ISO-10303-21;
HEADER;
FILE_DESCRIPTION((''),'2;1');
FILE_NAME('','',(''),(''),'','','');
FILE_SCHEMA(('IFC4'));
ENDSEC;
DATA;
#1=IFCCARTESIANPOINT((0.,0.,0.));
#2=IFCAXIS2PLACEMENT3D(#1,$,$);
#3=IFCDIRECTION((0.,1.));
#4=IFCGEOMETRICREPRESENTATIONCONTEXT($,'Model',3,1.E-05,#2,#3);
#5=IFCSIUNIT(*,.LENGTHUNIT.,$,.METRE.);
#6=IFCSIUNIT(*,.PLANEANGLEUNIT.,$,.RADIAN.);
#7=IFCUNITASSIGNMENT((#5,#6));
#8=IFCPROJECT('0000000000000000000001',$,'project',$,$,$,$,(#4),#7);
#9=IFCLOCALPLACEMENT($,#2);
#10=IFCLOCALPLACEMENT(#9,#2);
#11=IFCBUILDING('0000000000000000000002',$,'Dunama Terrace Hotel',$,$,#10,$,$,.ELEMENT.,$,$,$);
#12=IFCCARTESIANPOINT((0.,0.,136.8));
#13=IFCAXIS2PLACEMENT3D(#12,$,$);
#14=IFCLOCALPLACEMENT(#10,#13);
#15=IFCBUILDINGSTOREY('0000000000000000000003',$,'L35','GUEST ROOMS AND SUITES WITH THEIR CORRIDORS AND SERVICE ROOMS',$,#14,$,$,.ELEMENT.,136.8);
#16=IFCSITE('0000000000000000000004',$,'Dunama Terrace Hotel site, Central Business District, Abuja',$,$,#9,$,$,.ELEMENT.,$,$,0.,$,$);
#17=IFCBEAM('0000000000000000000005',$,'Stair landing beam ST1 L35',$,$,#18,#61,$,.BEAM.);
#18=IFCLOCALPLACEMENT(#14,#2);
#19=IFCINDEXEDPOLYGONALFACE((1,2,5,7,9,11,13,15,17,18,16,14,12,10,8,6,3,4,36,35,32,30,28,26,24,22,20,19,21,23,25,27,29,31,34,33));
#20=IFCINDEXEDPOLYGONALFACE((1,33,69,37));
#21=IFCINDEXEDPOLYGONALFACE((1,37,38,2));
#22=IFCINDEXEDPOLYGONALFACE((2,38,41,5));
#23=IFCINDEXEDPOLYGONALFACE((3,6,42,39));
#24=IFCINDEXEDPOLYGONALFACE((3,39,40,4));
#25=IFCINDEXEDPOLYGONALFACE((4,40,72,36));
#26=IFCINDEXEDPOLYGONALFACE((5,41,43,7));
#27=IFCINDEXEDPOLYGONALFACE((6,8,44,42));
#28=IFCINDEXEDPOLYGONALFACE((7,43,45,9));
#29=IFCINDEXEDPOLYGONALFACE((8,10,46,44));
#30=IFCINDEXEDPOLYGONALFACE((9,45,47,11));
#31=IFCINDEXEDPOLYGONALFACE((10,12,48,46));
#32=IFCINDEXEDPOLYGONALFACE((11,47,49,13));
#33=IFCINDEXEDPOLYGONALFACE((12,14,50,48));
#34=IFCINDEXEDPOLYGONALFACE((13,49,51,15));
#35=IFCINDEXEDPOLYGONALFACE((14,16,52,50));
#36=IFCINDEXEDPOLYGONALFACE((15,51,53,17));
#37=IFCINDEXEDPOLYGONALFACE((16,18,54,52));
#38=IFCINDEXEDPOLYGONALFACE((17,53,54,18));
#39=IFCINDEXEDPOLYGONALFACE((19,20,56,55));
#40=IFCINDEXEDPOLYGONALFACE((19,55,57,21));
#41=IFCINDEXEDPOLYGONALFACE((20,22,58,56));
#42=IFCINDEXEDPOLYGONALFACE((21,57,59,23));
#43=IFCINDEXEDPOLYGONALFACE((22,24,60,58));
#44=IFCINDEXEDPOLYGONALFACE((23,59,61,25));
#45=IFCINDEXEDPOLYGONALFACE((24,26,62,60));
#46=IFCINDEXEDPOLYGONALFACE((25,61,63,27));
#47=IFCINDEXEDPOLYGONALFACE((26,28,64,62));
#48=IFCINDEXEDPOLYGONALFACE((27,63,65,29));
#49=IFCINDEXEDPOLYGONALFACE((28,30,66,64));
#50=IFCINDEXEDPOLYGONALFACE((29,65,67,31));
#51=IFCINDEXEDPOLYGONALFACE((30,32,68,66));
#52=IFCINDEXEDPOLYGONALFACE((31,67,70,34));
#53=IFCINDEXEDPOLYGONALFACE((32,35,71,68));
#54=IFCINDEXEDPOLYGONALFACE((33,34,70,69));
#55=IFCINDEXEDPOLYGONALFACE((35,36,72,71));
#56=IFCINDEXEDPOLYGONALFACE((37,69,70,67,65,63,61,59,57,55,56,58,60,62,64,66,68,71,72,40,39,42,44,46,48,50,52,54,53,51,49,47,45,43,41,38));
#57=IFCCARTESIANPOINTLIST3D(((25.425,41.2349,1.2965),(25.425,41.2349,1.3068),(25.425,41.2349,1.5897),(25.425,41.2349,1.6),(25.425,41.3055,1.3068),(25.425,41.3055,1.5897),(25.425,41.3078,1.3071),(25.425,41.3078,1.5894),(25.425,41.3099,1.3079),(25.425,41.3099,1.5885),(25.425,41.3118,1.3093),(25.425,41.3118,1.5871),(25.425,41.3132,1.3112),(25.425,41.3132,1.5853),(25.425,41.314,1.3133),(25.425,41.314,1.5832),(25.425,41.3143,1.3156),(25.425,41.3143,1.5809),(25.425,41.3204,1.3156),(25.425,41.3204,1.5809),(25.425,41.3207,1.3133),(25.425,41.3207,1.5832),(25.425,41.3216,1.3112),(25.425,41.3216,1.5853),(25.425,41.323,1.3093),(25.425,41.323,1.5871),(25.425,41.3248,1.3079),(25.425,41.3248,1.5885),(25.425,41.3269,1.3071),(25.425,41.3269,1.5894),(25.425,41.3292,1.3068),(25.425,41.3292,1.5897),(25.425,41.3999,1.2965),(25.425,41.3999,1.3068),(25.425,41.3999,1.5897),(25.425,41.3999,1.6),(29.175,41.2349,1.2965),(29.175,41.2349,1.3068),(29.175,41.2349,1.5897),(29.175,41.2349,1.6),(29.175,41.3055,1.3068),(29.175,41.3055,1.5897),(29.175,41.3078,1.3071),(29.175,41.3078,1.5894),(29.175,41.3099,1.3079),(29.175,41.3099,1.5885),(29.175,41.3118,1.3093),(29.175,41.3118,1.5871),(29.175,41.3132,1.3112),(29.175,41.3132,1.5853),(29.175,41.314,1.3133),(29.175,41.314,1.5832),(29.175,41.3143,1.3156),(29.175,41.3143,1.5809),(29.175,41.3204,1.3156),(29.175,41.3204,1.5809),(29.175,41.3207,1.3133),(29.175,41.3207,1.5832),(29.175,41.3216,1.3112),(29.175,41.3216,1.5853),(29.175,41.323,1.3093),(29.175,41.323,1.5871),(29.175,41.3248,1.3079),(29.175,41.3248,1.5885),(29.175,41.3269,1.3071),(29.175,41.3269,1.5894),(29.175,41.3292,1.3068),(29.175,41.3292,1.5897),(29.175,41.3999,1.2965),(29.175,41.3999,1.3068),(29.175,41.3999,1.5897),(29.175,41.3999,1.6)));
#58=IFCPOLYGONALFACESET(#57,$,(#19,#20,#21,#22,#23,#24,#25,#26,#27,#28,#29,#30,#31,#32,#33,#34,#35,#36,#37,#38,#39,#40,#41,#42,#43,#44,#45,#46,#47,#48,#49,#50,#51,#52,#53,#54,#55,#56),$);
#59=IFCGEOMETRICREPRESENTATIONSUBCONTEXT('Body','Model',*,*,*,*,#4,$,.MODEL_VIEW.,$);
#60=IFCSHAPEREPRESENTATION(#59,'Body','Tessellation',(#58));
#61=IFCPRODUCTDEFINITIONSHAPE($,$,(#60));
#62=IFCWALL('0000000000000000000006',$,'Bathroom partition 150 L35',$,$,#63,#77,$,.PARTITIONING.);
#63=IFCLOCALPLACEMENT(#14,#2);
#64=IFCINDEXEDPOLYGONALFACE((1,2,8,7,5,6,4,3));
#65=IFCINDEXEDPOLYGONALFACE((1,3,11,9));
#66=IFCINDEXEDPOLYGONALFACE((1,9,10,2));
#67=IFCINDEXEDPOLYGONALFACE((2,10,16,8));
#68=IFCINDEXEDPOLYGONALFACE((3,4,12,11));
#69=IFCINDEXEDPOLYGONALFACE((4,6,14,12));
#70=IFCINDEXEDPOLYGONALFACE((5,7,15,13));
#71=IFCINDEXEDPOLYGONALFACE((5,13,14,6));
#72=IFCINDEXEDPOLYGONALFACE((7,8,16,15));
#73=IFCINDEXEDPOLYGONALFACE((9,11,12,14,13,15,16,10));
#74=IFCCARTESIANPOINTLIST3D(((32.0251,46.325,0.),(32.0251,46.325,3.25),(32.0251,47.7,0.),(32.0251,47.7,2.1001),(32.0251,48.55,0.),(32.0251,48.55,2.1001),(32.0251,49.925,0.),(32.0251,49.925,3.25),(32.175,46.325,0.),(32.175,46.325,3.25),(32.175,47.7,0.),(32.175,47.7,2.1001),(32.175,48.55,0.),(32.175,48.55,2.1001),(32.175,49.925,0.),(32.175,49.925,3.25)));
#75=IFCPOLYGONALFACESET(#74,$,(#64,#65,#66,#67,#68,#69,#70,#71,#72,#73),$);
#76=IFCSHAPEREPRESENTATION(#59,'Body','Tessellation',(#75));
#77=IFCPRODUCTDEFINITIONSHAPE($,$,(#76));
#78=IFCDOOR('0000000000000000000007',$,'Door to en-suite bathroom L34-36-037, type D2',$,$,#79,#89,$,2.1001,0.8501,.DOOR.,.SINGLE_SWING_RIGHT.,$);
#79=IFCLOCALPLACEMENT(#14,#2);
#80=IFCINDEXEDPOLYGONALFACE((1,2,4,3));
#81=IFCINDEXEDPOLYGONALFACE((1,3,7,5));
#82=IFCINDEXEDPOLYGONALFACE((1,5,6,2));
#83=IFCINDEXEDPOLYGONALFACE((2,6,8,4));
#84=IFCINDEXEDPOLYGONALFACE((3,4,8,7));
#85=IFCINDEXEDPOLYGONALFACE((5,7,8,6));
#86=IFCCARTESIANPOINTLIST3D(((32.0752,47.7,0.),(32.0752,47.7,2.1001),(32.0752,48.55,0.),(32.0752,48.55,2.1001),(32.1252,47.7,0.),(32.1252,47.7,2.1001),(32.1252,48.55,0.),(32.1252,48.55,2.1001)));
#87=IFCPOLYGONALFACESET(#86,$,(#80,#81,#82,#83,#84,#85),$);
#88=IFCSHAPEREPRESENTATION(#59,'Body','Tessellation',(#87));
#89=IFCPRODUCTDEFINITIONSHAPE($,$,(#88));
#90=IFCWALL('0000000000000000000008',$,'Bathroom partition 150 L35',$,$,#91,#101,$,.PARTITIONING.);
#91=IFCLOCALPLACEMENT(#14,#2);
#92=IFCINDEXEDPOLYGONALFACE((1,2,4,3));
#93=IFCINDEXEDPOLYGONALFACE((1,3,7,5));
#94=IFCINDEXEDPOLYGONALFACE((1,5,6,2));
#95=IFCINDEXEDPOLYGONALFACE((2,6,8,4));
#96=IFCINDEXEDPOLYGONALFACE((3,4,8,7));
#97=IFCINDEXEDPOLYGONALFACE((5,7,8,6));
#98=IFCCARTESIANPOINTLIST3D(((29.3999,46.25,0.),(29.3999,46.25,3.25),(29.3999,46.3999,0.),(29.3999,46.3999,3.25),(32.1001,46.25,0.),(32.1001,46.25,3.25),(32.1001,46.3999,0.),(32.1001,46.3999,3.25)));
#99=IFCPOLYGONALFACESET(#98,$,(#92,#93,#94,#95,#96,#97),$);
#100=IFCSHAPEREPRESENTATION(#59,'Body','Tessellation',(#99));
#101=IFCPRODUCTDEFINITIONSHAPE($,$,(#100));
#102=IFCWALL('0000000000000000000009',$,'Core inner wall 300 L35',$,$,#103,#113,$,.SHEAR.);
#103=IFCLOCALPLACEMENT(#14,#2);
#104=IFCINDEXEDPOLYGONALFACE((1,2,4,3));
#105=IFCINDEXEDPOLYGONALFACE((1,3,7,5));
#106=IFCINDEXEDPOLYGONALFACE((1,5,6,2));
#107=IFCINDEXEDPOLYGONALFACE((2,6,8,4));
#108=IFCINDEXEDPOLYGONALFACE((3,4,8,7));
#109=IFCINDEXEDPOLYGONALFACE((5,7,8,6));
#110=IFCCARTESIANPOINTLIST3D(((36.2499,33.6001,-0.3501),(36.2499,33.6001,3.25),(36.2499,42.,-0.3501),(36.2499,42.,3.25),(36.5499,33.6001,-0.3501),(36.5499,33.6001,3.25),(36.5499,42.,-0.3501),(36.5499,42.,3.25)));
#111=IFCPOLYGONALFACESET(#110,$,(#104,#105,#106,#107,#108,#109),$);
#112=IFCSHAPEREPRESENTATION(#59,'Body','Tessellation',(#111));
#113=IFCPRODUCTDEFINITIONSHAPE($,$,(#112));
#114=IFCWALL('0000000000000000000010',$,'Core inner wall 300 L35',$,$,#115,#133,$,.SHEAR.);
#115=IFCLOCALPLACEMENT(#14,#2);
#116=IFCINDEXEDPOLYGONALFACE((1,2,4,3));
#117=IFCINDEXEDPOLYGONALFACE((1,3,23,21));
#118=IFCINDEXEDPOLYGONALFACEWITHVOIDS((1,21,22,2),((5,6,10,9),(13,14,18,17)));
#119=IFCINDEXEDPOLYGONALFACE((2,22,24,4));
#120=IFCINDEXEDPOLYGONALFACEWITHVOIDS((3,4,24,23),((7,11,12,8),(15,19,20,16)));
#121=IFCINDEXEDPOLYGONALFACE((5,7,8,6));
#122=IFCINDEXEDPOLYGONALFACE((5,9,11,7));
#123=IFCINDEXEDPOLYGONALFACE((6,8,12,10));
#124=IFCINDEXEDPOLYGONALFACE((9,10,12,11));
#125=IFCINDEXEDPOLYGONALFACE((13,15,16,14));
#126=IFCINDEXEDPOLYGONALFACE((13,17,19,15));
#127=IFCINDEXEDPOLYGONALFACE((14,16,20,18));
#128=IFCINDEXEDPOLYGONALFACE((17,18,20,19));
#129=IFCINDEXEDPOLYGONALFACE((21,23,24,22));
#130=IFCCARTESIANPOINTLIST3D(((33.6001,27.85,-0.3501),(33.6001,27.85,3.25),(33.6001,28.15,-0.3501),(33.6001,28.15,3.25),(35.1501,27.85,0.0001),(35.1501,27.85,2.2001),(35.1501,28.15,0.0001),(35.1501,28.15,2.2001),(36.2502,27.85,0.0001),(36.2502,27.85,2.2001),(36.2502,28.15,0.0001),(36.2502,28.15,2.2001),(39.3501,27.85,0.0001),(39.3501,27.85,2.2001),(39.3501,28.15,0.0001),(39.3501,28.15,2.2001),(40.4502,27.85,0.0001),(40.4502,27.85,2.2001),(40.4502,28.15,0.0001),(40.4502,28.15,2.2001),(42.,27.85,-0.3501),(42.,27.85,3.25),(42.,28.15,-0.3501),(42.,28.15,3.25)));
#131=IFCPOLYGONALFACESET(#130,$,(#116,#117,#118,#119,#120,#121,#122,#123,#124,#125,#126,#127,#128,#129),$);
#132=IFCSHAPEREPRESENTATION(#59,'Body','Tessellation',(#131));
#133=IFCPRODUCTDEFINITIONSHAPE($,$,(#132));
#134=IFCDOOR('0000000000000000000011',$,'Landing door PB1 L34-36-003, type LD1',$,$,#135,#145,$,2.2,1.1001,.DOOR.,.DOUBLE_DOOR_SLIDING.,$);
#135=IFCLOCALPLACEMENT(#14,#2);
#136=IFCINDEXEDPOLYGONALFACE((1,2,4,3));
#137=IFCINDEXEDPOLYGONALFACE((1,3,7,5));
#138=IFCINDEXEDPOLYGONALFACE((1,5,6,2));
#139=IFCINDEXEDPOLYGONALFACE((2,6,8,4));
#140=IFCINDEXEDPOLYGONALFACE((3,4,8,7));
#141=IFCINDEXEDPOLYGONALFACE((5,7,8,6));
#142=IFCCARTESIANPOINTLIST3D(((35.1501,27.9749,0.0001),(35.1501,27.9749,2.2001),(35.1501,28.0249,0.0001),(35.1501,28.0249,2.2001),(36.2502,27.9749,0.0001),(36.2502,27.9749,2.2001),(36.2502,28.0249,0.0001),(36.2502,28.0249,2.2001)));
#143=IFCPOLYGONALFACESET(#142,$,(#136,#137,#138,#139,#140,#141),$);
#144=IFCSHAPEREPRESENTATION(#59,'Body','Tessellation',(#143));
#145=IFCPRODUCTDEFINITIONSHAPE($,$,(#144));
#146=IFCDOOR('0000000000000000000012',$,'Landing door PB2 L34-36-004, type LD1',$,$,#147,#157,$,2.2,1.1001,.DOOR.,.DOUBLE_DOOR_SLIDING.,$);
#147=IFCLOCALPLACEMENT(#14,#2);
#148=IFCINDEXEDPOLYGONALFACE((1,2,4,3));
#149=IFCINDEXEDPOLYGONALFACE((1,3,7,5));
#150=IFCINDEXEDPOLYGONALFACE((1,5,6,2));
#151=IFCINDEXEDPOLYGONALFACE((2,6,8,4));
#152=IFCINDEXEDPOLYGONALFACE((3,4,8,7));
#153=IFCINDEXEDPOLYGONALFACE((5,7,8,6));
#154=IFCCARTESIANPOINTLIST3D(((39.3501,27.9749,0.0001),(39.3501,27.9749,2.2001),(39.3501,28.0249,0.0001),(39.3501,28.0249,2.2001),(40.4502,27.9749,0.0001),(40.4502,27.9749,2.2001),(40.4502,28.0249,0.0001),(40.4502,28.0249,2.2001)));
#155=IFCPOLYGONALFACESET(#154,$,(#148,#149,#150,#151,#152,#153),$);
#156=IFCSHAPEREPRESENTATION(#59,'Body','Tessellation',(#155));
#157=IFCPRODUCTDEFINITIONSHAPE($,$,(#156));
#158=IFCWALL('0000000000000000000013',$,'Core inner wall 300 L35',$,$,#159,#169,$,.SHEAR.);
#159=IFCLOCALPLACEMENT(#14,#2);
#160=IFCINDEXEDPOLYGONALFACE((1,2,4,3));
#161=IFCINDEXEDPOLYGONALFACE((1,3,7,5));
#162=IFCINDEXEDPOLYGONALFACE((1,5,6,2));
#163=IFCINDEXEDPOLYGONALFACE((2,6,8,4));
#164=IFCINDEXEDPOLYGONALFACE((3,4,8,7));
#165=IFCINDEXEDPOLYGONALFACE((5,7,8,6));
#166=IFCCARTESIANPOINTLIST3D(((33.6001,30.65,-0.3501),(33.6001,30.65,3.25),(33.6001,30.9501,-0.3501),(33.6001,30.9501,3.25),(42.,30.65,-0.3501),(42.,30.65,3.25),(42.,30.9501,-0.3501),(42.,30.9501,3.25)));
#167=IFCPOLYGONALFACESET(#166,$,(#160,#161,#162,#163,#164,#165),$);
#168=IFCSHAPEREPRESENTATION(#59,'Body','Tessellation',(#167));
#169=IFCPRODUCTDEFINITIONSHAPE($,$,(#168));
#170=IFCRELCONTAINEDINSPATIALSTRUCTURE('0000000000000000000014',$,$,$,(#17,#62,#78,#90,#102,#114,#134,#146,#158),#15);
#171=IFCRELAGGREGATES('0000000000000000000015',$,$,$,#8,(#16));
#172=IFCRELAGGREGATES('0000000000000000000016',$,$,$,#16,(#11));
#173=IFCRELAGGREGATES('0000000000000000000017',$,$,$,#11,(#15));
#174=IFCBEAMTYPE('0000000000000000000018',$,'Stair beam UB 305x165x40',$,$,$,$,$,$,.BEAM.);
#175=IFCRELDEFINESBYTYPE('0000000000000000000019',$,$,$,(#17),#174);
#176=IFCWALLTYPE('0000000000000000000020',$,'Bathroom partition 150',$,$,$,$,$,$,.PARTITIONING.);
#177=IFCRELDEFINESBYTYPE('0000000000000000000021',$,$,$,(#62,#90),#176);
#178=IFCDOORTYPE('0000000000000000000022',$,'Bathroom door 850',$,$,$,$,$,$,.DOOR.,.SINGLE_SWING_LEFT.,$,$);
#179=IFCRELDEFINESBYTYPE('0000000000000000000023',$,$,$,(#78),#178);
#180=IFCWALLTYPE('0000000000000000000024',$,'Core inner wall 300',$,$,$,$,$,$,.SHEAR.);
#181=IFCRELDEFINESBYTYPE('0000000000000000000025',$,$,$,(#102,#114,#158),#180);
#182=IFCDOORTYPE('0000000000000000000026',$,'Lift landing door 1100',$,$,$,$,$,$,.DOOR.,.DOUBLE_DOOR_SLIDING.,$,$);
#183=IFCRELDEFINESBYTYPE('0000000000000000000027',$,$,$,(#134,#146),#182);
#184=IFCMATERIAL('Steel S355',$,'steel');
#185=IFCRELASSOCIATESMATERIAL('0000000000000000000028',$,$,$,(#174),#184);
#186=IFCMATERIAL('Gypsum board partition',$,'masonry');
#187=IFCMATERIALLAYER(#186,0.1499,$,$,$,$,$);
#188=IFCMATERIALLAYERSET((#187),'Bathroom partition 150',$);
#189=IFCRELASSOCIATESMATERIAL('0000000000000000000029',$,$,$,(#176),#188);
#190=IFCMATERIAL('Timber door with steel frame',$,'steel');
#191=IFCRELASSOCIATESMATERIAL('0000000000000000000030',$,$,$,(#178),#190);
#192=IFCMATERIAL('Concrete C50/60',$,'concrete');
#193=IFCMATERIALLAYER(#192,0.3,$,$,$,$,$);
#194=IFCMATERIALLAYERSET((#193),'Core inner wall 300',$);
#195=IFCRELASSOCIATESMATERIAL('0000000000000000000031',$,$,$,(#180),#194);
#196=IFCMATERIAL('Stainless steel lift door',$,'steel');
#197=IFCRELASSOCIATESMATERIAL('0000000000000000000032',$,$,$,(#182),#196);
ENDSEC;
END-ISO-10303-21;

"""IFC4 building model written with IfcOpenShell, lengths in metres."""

from ifc_helpers import new_model, si_unit, direction, frame, frame_2d, origin, origin_2d, place, context, subcontext, project, spatial, rectangle, i_section, extrude, material, layer, layer_set, material_profile, profile_set, type_object, element, fill, save


model = new_model("IFC4")

# Units and contexts
model_context = context("Model", 3, precision=1e-05, world=origin(), true_north=direction((0.0, 1.0)))
body_context = subcontext(model_context, "Body", "Model", "MODEL_VIEW")
ifc_project = project(units=[si_unit("LENGTHUNIT", "METRE"), si_unit("PLANEANGLEUNIT", "RADIAN")], contexts=[model_context])

# Site, building, storey
site_placement = place(None, origin())
site = spatial("IfcSite", under=ifc_project, at=site_placement, Name="Dunama Terrace Hotel site, Central Business District, Abuja", CompositionType="ELEMENT", RefElevation=0.0)
building_placement = place(site_placement, origin())
building = spatial("IfcBuilding", under=site, at=building_placement, Name="Dunama Terrace Hotel", CompositionType="ELEMENT")
storey_placement = place(building_placement, frame((0.0, 0.0, 136.8)))
storey = spatial("IfcBuildingStorey", under=building, at=storey_placement, Name="L35", Description="GUEST ROOMS AND SUITES WITH THEIR CORRIDORS AND SERVICE ROOMS", CompositionType="ELEMENT", Elevation=136.8)

# Beam
ifc_material_1 = material(Name="Steel S355", Category="steel")
ifc_material_profile = material_profile(ifc_material_1, i_section(OverallWidth=0.165, OverallDepth=0.3035, WebThickness=0.0061, FlangeThickness=0.0103, FilletRadius=0.0088, at=origin_2d()), Name="UB 305x165x40")
ifc_profile_set = profile_set([ifc_material_profile], Name="Steel S355")
beam_type = type_object("IfcBeamType", Name="Stair beam UB 305x165x40", PredefinedType="BEAM", material=ifc_profile_set)
beam_placement = place(storey_placement, frame((25.425, 41.3174, 1.4482), z_axis=(1.0, 0.0, 0.0), x_axis=(0.0, 1.0, 0.0)))
element("IfcBeam", 1, at=beam_placement, inside=storey, type_object=beam_type, Name="Stair landing beam ST1 L35", PredefinedType="BEAM", context=body_context, shape_type="SweptSolid", body=[
    extrude(i_section(OverallWidth=0.165, OverallDepth=0.3035, WebThickness=0.0061, FlangeThickness=0.0103, FilletRadius=0.0088, at=origin_2d()), origin(), (0.0, 0.0, 1.0), 3.75),
])

# Wall, opening, door
ifc_material_2 = material(Name="Gypsum board partition", Category="masonry")
ifc_layer_1 = layer(ifc_material_2, 0.1499)
ifc_layer_set_1 = layer_set([ifc_layer_1], Name="Bathroom partition 150")
wall_type_1 = type_object("IfcWallType", Name="Bathroom partition 150", PredefinedType="PARTITIONING", material=ifc_layer_set_1)
wall_1_placement = place(storey_placement, frame((32.1001, 46.325, 0.0), z_axis=(0.0, 0.0, 1.0), x_axis=(0.0, 1.0, 0.0)))
wall_1 = element("IfcWall", 2, at=wall_1_placement, inside=storey, type_object=wall_type_1, Name="Bathroom partition 150 L35", PredefinedType="PARTITIONING", context=body_context, shape_type="SweptSolid", body=[
    extrude(rectangle(XDim=3.6001, YDim=0.1499, at=frame_2d((1.8, 0.0))), origin(), (0.0, 0.0, 1.0), 3.25),
])
opening_1_placement = place(wall_1_placement, frame((1.375, 0.0, 0.0)))
opening_1 = element("IfcOpeningElement", 3, at=opening_1_placement, cuts=wall_1, PredefinedType="OPENING", context=body_context, shape_type="SweptSolid", body=[
    extrude(rectangle(XDim=0.8501, YDim=2.1001, at=frame_2d((0.425, 1.05))), frame((0.0, 0.085, 0.0), z_axis=(0.0, -1.0, 0.0), x_axis=(1.0, 0.0, 0.0)), (0.0, 0.0, 1.0), 0.1699),
])
ifc_material_3 = material(Name="Timber door with steel frame", Category="steel")
door_type_1 = type_object("IfcDoorType", Name="Bathroom door 850", OperationType="SINGLE_SWING_LEFT", PredefinedType="DOOR", material=ifc_material_3)
door_1_placement = place(opening_1_placement, origin())
door_1 = element("IfcDoor", 4, at=door_1_placement, inside=storey, type_object=door_type_1, Name="Door to en-suite bathroom L34-36-037, type D2", OperationType="SINGLE_SWING_RIGHT", OverallHeight=2.1001, OverallWidth=0.8501, PredefinedType="DOOR", context=body_context, shape_type="SweptSolid", body=[
    extrude(rectangle(XDim=0.8501, YDim=2.1001, at=frame_2d((0.425, 1.05))), frame((0.0, 0.0249, 0.0), z_axis=(0.0, -1.0, 0.0), x_axis=(1.0, 0.0, 0.0)), (0.0, 0.0, 1.0), 0.05),
])
fill(opening_1, door_1)

# Walls
wall_2_placement = place(storey_placement, frame((29.3999, 46.325, 0.0), z_axis=(0.0, 0.0, 1.0), x_axis=(1.0, 0.0, 0.0)))
element("IfcWall", 5, at=wall_2_placement, inside=storey, type_object=wall_type_1, Name="Bathroom partition 150 L35", PredefinedType="PARTITIONING", context=body_context, shape_type="SweptSolid", body=[
    extrude(rectangle(XDim=2.7002, YDim=0.1499, at=frame_2d((1.3501, 0.0))), origin(), (0.0, 0.0, 1.0), 3.25),
])
ifc_material_4 = material(Name="Concrete C50/60", Category="concrete")
ifc_layer_2 = layer(ifc_material_4, 0.3)
ifc_layer_set_2 = layer_set([ifc_layer_2], Name="Core inner wall 300")
wall_type_2 = type_object("IfcWallType", Name="Core inner wall 300", PredefinedType="SHEAR", material=ifc_layer_set_2)
wall_3_placement = place(storey_placement, frame((36.3999, 33.6001, -0.3501), z_axis=(0.0, 0.0, 1.0), x_axis=(0.0, 1.0, 0.0)))
element("IfcWall", 6, at=wall_3_placement, inside=storey, type_object=wall_type_2, Name="Core inner wall 300 L35", PredefinedType="SHEAR", context=body_context, shape_type="SweptSolid", body=[
    extrude(rectangle(XDim=8.3999, YDim=0.3, at=frame_2d((4.2, 0.0))), origin(), (0.0, 0.0, 1.0), 3.6001),
])

# Wall, openings, doors
wall_4_placement = place(storey_placement, frame((33.6001, 28.0, -0.3501), z_axis=(0.0, 0.0, 1.0), x_axis=(1.0, 0.0, 0.0)))
wall_4 = element("IfcWall", 7, at=wall_4_placement, inside=storey, type_object=wall_type_2, Name="Core inner wall 300 L35", PredefinedType="SHEAR", context=body_context, shape_type="SweptSolid", body=[
    extrude(rectangle(XDim=8.3999, YDim=0.3, at=frame_2d((4.2, 0.0))), origin(), (0.0, 0.0, 1.0), 3.6001),
])
opening_2_placement = place(wall_4_placement, frame((1.55, 0.0, 0.3501)))
opening_2 = element("IfcOpeningElement", 8, at=opening_2_placement, cuts=wall_4, PredefinedType="OPENING", context=body_context, shape_type="SweptSolid", body=[
    extrude(rectangle(XDim=1.1001, YDim=2.2, at=frame_2d((0.55, 1.1001))), frame((0.0, 0.1599, 0.0), z_axis=(0.0, -1.0, 0.0), x_axis=(1.0, 0.0, 0.0)), (0.0, 0.0, 1.0), 0.3201),
])
opening_3_placement = place(wall_4_placement, frame((5.75, 0.0, 0.3501)))
opening_3 = element("IfcOpeningElement", 9, at=opening_3_placement, cuts=wall_4, PredefinedType="OPENING", context=body_context, shape_type="SweptSolid", body=[
    extrude(rectangle(XDim=1.1001, YDim=2.2, at=frame_2d((0.55, 1.1001))), frame((0.0, 0.1599, 0.0), z_axis=(0.0, -1.0, 0.0), x_axis=(1.0, 0.0, 0.0)), (0.0, 0.0, 1.0), 0.3201),
])
ifc_material_5 = material(Name="Stainless steel lift door", Category="steel")
door_type_2 = type_object("IfcDoorType", Name="Lift landing door 1100", OperationType="DOUBLE_DOOR_SLIDING", PredefinedType="DOOR", material=ifc_material_5)
door_2_placement = place(opening_2_placement, origin())
door_2 = element("IfcDoor", 10, at=door_2_placement, inside=storey, type_object=door_type_2, Name="Landing door PB1 L34-36-003, type LD1", OperationType="DOUBLE_DOOR_SLIDING", OverallHeight=2.2, OverallWidth=1.1001, PredefinedType="DOOR", context=body_context, shape_type="SweptSolid", body=[
    extrude(rectangle(XDim=1.1001, YDim=2.2, at=frame_2d((0.55, 1.1001))), frame((0.0, 0.0249, 0.0), z_axis=(0.0, -1.0, 0.0), x_axis=(1.0, 0.0, 0.0)), (0.0, 0.0, 1.0), 0.05),
])
fill(opening_2, door_2)
door_3_placement = place(opening_3_placement, origin())
door_3 = element("IfcDoor", 11, at=door_3_placement, inside=storey, type_object=door_type_2, Name="Landing door PB2 L34-36-004, type LD1", OperationType="DOUBLE_DOOR_SLIDING", OverallHeight=2.2, OverallWidth=1.1001, PredefinedType="DOOR", context=body_context, shape_type="SweptSolid", body=[
    extrude(rectangle(XDim=1.1001, YDim=2.2, at=frame_2d((0.55, 1.1001))), frame((0.0, 0.0249, 0.0), z_axis=(0.0, -1.0, 0.0), x_axis=(1.0, 0.0, 0.0)), (0.0, 0.0, 1.0), 0.05),
])
fill(opening_3, door_3)

# Wall
wall_5_placement = place(storey_placement, frame((33.6001, 30.8, -0.3501), z_axis=(0.0, 0.0, 1.0), x_axis=(1.0, 0.0, 0.0)))
element("IfcWall", 12, at=wall_5_placement, inside=storey, type_object=wall_type_2, Name="Core inner wall 300 L35", PredefinedType="SHEAR", context=body_context, shape_type="SweptSolid", body=[
    extrude(rectangle(XDim=8.3999, YDim=0.3, at=frame_2d((4.2, 0.0))), origin(), (0.0, 0.0, 1.0), 3.6001),
])

save(model, "model.ifc")
